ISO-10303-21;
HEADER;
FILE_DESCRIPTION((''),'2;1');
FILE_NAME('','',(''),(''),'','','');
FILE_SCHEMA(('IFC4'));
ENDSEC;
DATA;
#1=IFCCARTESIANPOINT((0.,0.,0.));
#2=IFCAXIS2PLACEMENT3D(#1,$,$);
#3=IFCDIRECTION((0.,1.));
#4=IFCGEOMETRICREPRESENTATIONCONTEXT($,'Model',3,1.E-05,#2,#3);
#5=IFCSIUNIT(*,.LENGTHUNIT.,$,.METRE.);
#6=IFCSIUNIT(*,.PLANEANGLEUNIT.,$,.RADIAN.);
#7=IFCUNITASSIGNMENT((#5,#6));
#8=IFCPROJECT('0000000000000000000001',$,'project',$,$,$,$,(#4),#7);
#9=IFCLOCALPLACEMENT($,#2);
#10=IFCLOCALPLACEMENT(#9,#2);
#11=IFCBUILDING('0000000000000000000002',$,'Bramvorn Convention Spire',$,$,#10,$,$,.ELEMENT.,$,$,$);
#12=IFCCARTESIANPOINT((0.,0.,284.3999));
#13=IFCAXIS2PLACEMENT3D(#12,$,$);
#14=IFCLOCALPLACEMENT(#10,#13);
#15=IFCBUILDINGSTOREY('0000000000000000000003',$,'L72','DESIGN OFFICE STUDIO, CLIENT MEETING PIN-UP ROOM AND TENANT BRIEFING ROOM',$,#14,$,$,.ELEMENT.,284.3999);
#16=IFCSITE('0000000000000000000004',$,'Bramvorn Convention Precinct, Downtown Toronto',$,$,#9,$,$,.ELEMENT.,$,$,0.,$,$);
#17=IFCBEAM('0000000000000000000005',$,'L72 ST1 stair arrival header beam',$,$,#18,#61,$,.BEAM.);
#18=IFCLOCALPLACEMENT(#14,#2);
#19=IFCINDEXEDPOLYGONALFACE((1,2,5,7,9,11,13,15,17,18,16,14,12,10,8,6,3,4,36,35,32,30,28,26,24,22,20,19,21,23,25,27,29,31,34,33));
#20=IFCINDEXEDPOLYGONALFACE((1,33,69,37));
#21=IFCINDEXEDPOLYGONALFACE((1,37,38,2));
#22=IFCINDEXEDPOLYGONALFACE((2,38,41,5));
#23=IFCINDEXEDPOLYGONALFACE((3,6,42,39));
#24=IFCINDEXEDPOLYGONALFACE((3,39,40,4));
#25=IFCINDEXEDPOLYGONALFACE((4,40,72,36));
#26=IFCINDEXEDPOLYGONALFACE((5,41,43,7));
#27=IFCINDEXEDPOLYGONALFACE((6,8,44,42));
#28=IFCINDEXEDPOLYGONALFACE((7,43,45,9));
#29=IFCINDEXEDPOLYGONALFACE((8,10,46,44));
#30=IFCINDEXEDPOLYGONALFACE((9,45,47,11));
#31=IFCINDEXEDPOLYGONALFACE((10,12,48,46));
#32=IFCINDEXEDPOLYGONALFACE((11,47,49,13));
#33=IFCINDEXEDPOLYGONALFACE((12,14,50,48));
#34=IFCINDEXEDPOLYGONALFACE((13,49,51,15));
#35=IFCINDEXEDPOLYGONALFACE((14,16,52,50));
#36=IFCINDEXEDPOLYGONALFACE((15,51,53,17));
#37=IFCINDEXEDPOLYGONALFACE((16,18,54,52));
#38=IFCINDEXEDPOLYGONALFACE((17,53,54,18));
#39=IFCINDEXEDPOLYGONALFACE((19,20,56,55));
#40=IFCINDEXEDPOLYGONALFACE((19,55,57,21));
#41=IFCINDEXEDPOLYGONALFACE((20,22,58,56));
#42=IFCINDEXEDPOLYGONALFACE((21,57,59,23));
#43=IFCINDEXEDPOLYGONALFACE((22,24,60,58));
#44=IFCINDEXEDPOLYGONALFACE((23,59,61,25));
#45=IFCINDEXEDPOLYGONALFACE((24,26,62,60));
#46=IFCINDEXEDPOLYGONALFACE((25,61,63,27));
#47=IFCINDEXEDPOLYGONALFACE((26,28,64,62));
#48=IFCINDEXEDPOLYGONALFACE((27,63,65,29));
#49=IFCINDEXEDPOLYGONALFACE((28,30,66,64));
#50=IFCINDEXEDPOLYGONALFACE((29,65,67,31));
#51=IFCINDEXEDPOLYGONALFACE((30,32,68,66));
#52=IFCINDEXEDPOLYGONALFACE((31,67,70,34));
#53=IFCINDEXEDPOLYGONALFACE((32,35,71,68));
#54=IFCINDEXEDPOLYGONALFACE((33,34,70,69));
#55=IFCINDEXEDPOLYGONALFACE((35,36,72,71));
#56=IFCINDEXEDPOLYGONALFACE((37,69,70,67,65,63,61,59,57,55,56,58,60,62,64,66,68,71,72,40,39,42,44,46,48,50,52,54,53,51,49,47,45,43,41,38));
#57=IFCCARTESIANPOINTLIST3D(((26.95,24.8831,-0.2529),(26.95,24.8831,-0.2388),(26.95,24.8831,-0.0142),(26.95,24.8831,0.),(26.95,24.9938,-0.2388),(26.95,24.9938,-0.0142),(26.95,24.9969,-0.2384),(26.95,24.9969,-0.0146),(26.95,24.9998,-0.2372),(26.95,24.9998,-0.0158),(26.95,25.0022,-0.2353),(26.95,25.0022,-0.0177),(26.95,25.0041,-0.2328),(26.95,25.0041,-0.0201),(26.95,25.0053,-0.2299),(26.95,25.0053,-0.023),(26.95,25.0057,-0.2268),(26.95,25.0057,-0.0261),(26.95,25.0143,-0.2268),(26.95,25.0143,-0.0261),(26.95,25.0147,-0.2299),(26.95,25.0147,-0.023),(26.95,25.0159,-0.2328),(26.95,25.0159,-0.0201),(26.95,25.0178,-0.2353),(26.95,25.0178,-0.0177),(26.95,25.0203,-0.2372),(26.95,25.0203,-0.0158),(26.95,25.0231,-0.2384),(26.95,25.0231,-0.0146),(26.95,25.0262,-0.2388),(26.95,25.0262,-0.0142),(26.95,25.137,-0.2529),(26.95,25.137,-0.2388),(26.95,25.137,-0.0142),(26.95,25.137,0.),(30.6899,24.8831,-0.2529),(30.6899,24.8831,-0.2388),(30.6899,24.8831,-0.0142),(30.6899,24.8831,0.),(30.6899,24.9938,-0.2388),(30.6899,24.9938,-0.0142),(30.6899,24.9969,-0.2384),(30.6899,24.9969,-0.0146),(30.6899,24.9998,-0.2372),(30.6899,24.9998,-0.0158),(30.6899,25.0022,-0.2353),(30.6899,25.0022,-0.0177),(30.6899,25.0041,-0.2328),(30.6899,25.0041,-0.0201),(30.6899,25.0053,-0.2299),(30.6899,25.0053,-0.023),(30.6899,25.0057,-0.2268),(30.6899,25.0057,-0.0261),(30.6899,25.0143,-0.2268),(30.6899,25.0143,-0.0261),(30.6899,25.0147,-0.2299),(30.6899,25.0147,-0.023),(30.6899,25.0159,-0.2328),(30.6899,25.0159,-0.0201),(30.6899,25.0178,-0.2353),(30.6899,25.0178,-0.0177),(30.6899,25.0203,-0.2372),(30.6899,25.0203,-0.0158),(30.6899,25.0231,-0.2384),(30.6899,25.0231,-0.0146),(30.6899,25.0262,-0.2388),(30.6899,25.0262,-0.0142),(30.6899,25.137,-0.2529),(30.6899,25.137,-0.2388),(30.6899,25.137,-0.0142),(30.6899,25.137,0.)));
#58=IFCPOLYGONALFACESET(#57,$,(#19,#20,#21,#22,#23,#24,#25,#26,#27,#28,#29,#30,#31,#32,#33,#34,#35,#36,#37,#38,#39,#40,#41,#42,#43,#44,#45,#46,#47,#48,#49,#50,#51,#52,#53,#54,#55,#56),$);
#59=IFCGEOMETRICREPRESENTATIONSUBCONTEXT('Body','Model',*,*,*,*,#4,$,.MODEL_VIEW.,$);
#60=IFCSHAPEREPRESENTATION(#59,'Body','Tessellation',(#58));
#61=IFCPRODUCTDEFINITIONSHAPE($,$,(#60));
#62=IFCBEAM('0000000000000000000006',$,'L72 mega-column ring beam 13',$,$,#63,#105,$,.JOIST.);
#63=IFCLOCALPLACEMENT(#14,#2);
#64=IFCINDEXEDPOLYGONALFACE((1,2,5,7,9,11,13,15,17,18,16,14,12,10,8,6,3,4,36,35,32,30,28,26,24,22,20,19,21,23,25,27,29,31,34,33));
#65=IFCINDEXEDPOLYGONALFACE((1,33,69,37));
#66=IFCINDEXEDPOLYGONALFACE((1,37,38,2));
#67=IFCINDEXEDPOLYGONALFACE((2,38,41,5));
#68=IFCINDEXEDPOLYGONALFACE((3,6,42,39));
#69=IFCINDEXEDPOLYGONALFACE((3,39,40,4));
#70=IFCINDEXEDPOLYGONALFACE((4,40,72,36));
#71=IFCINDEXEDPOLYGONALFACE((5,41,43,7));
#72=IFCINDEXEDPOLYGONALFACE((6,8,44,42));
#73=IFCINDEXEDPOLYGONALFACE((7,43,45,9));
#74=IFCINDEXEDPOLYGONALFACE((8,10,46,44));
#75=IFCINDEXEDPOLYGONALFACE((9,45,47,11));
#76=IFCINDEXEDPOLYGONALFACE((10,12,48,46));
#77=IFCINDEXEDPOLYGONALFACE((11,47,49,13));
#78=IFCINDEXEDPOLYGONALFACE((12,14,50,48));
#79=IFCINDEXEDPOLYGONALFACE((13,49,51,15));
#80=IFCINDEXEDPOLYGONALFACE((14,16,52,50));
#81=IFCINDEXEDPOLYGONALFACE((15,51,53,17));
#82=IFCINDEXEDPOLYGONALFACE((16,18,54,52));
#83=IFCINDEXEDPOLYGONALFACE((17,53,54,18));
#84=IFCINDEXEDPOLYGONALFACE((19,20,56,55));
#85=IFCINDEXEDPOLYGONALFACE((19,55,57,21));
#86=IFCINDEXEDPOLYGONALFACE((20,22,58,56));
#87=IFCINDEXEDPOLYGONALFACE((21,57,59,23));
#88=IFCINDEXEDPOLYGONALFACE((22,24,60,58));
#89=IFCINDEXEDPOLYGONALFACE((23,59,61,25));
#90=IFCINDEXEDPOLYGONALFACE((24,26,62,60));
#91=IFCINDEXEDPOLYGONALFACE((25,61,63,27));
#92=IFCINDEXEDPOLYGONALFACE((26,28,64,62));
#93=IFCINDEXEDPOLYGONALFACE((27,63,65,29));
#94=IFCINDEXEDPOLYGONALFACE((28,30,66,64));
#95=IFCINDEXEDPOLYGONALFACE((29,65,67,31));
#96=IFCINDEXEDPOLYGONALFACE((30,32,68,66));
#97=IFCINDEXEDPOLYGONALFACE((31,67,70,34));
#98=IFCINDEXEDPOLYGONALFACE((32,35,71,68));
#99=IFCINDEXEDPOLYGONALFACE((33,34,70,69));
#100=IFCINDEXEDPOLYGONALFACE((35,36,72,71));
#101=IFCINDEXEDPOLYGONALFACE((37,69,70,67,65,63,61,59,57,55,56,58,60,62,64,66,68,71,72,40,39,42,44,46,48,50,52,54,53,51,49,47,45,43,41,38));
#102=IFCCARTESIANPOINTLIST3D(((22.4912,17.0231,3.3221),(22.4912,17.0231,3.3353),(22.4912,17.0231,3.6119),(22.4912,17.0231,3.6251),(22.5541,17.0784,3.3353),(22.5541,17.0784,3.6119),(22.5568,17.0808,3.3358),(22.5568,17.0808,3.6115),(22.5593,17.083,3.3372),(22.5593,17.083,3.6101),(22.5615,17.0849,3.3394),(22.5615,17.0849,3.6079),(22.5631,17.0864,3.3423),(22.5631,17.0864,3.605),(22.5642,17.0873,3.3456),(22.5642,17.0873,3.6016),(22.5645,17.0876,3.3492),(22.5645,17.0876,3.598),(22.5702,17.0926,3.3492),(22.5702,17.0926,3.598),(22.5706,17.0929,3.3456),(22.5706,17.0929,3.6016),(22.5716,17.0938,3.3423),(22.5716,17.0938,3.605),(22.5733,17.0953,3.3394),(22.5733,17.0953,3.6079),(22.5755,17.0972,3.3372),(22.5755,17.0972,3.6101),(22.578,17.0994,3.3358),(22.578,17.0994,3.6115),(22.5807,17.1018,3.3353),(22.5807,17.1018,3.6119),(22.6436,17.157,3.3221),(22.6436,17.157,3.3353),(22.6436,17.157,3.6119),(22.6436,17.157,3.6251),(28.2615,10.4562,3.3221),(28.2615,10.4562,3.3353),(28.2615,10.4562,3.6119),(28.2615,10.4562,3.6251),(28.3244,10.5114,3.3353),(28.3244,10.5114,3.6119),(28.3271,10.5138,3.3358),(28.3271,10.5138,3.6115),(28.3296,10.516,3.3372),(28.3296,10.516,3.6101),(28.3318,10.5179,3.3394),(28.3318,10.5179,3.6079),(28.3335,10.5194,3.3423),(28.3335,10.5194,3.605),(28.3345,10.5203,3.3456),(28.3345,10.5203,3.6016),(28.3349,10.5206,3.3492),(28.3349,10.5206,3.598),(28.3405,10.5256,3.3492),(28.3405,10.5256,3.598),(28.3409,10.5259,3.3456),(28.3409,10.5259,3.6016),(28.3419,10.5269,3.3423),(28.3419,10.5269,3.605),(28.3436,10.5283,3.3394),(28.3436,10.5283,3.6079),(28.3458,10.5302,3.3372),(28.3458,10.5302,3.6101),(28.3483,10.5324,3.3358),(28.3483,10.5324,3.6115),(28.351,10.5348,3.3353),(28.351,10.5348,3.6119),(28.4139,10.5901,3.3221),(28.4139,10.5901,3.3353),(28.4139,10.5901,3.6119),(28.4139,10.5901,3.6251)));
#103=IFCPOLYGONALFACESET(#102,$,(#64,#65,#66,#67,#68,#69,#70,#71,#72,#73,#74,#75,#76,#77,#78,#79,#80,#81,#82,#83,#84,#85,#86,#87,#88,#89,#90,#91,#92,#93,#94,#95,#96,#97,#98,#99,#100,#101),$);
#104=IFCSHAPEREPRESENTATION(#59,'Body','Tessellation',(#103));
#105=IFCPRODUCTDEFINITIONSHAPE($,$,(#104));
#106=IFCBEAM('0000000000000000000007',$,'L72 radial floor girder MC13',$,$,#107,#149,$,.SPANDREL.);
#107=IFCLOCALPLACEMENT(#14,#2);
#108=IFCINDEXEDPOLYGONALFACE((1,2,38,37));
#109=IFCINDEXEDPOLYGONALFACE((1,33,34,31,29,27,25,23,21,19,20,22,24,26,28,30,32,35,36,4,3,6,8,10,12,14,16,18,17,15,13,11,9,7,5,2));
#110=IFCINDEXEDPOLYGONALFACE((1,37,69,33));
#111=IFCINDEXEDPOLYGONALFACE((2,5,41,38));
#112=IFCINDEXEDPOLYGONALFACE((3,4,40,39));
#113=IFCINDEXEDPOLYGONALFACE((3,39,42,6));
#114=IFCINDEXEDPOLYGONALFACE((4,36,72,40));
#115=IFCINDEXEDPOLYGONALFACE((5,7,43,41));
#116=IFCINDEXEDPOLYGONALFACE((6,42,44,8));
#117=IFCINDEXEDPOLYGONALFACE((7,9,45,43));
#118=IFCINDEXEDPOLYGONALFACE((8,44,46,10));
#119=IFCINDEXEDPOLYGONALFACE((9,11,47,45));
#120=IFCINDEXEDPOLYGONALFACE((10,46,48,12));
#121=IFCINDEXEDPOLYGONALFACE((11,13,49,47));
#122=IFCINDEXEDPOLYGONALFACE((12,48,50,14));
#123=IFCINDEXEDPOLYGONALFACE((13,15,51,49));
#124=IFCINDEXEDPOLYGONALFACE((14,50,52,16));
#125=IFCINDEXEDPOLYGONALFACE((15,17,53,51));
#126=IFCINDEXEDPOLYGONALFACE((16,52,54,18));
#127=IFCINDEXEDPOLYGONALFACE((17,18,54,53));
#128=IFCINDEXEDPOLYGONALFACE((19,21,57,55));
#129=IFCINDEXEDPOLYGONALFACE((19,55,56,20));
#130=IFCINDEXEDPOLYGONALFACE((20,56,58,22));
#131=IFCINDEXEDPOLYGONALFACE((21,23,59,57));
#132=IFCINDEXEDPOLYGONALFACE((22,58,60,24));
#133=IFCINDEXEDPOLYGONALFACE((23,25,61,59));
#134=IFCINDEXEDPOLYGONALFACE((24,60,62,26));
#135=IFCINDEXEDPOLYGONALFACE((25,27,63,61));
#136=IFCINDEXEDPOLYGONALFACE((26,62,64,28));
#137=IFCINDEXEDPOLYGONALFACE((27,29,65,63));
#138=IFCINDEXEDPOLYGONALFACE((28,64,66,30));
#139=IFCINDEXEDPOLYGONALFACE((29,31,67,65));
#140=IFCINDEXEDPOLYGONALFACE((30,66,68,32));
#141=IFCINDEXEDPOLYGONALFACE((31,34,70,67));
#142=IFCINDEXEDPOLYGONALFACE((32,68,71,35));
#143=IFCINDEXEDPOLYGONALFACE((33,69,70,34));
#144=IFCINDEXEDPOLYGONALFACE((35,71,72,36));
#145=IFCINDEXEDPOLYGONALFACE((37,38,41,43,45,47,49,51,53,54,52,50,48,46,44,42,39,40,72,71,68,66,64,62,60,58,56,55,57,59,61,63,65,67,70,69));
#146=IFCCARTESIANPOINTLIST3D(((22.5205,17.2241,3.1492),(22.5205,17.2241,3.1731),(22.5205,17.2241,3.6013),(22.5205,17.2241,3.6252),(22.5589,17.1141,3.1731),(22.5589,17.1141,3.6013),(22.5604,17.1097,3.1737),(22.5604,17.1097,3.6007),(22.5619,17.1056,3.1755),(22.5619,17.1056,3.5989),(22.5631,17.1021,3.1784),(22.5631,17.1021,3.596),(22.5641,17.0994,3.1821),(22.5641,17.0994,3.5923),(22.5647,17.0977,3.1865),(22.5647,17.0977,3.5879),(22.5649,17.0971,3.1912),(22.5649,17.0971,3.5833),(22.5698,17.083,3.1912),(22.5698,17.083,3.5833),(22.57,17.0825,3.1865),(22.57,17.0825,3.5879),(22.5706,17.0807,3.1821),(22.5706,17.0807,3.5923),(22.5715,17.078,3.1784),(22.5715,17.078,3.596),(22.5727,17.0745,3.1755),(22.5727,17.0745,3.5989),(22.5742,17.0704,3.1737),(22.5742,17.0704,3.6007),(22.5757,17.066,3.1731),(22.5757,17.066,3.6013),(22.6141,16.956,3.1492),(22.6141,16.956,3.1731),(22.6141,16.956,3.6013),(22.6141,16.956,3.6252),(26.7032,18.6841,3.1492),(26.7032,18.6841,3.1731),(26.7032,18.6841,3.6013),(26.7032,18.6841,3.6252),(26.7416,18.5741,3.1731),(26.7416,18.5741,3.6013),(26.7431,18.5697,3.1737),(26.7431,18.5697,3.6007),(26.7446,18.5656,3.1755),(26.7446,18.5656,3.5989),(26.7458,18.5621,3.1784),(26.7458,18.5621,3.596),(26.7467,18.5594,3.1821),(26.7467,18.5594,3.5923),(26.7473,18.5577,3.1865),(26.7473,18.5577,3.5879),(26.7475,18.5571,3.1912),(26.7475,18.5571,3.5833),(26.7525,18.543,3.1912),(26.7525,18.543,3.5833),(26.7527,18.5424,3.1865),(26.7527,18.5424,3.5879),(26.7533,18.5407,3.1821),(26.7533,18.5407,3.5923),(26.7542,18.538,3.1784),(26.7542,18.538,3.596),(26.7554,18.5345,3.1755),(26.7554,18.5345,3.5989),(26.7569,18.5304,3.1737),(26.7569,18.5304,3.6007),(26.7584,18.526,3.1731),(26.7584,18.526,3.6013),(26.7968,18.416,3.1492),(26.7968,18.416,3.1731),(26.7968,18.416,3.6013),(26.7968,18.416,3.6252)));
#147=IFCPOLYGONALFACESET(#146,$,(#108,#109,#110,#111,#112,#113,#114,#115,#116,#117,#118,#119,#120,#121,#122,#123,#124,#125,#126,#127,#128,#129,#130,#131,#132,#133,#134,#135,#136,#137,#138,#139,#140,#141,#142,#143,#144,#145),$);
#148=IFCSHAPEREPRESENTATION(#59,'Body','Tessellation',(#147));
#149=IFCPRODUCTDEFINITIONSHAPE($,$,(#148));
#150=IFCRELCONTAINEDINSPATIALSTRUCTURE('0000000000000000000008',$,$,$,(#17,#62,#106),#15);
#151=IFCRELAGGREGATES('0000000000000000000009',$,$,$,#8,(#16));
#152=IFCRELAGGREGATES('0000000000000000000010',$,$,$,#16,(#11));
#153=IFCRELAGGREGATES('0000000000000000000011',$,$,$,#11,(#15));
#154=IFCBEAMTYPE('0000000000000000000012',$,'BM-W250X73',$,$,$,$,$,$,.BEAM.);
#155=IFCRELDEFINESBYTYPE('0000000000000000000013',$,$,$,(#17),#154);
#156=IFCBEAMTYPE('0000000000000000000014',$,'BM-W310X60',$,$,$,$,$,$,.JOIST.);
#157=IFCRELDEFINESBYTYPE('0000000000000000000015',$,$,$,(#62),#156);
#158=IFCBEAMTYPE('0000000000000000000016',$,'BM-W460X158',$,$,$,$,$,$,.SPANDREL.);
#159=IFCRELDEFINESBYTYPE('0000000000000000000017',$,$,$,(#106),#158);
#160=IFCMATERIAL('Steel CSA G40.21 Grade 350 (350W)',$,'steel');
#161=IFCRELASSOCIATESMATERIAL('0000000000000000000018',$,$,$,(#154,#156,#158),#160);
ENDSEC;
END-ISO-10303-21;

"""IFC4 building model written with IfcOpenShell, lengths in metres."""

from ifc_helpers import new_model, si_unit, direction, frame, origin, origin_2d, place, context, subcontext, project, spatial, i_section, extrude, material, material_profile, profile_set, type_object, element, save


model = new_model("IFC4")

# Units and contexts
model_context = context("Model", 3, precision=1e-05, world=origin(), true_north=direction((0.0, 1.0)))
body_context = subcontext(model_context, "Body", "Model", "MODEL_VIEW")
ifc_project = project(units=[si_unit("LENGTHUNIT", "METRE"), si_unit("PLANEANGLEUNIT", "RADIAN")], contexts=[model_context])

# Site, building, storey
site_placement = place(None, origin())
site = spatial("IfcSite", under=ifc_project, at=site_placement, Name="Bramvorn Convention Precinct, Downtown Toronto", CompositionType="ELEMENT", RefElevation=0.0)
building_placement = place(site_placement, origin())
building = spatial("IfcBuilding", under=site, at=building_placement, Name="Bramvorn Convention Spire", CompositionType="ELEMENT")
storey_placement = place(building_placement, frame((0.0, 0.0, 284.3999)))
storey = spatial("IfcBuildingStorey", under=building, at=storey_placement, Name="L72", Description="DESIGN OFFICE STUDIO, CLIENT MEETING PIN-UP ROOM AND TENANT BRIEFING ROOM", CompositionType="ELEMENT", Elevation=284.3999)

# Shared definitions
ifc_material_1 = material(Name="Steel CSA G40.21 Grade 350 (350W)", Category="steel")

# Beams
ifc_material_profile_1 = material_profile(ifc_material_1, i_section(OverallWidth=0.2539, OverallDepth=0.2529, WebThickness=0.0085, FlangeThickness=0.0142, FilletRadius=0.012, at=origin_2d()))
ifc_profile_set_1 = profile_set([ifc_material_profile_1], Name="Steel CSA G40.21 Grade 350 (350W) - W250X73")
beam_type_1 = type_object("IfcBeamType", Name="BM-W250X73", PredefinedType="BEAM", material=ifc_profile_set_1)
beam_1_placement = place(storey_placement, frame((26.95, 25.01, -0.1265), z_axis=(1.0, 0.0, 0.0), x_axis=(0.0, 1.0, 0.0)))
element("IfcBeam", 1, at=beam_1_placement, inside=storey, type_object=beam_type_1, Name="L72 ST1 stair arrival header beam", PredefinedType="BEAM", context=body_context, shape_type="SweptSolid", body=[
    extrude(i_section(OverallWidth=0.2539, OverallDepth=0.2529, WebThickness=0.0085, FlangeThickness=0.0142, FilletRadius=0.012, at=origin_2d()), origin(), (0.0, 0.0, 1.0), 3.74),
])
ifc_material_profile_2 = material_profile(ifc_material_1, i_section(OverallWidth=0.2029, OverallDepth=0.303, WebThickness=0.0076, FlangeThickness=0.0132, FilletRadius=0.0139, at=origin_2d()))
ifc_profile_set_2 = profile_set([ifc_material_profile_2], Name="Steel CSA G40.21 Grade 350 (350W) - W310X60")
beam_type_2 = type_object("IfcBeamType", Name="BM-W310X60", PredefinedType="JOIST", material=ifc_profile_set_2)
beam_2_placement = place(storey_placement, frame((22.5674, 17.0901, 3.4736), z_axis=(0.660073, -0.751201, 0.0), x_axis=(0.751201, 0.660073, 0.0)))
element("IfcBeam", 2, at=beam_2_placement, inside=storey, type_object=beam_type_2, Name="L72 mega-column ring beam 13", PredefinedType="JOIST", context=body_context, shape_type="SweptSolid", body=[
    extrude(i_section(OverallWidth=0.2029, OverallDepth=0.303, WebThickness=0.0076, FlangeThickness=0.0132, FilletRadius=0.0139, at=origin_2d()), origin(), (0.0, 0.0, 1.0), 8.7419),
])
ifc_material_profile_3 = material_profile(ifc_material_1, i_section(OverallWidth=0.2839, OverallDepth=0.4761, WebThickness=0.0149, FlangeThickness=0.0239, FilletRadius=0.0181, at=origin_2d()))
ifc_profile_set_3 = profile_set([ifc_material_profile_3], Name="Steel CSA G40.21 Grade 350 (350W) - W460X158")
beam_type_3 = type_object("IfcBeamType", Name="BM-W460X158", PredefinedType="SPANDREL", material=ifc_profile_set_3)
beam_3_placement = place(storey_placement, frame((26.75, 18.55, 3.3872), z_axis=(-0.944136, -0.329555, 0.0), x_axis=(0.329555, -0.944136, 0.0)))
element("IfcBeam", 3, at=beam_3_placement, inside=storey, type_object=beam_type_3, Name="L72 radial floor girder MC13", PredefinedType="SPANDREL", context=body_context, shape_type="SweptSolid", body=[
    extrude(i_section(OverallWidth=0.2839, OverallDepth=0.4761, WebThickness=0.0149, FlangeThickness=0.0239, FilletRadius=0.0181, at=origin_2d()), origin(), (0.0, 0.0, 1.0), 4.4302),
])

save(model, "model.ifc")
